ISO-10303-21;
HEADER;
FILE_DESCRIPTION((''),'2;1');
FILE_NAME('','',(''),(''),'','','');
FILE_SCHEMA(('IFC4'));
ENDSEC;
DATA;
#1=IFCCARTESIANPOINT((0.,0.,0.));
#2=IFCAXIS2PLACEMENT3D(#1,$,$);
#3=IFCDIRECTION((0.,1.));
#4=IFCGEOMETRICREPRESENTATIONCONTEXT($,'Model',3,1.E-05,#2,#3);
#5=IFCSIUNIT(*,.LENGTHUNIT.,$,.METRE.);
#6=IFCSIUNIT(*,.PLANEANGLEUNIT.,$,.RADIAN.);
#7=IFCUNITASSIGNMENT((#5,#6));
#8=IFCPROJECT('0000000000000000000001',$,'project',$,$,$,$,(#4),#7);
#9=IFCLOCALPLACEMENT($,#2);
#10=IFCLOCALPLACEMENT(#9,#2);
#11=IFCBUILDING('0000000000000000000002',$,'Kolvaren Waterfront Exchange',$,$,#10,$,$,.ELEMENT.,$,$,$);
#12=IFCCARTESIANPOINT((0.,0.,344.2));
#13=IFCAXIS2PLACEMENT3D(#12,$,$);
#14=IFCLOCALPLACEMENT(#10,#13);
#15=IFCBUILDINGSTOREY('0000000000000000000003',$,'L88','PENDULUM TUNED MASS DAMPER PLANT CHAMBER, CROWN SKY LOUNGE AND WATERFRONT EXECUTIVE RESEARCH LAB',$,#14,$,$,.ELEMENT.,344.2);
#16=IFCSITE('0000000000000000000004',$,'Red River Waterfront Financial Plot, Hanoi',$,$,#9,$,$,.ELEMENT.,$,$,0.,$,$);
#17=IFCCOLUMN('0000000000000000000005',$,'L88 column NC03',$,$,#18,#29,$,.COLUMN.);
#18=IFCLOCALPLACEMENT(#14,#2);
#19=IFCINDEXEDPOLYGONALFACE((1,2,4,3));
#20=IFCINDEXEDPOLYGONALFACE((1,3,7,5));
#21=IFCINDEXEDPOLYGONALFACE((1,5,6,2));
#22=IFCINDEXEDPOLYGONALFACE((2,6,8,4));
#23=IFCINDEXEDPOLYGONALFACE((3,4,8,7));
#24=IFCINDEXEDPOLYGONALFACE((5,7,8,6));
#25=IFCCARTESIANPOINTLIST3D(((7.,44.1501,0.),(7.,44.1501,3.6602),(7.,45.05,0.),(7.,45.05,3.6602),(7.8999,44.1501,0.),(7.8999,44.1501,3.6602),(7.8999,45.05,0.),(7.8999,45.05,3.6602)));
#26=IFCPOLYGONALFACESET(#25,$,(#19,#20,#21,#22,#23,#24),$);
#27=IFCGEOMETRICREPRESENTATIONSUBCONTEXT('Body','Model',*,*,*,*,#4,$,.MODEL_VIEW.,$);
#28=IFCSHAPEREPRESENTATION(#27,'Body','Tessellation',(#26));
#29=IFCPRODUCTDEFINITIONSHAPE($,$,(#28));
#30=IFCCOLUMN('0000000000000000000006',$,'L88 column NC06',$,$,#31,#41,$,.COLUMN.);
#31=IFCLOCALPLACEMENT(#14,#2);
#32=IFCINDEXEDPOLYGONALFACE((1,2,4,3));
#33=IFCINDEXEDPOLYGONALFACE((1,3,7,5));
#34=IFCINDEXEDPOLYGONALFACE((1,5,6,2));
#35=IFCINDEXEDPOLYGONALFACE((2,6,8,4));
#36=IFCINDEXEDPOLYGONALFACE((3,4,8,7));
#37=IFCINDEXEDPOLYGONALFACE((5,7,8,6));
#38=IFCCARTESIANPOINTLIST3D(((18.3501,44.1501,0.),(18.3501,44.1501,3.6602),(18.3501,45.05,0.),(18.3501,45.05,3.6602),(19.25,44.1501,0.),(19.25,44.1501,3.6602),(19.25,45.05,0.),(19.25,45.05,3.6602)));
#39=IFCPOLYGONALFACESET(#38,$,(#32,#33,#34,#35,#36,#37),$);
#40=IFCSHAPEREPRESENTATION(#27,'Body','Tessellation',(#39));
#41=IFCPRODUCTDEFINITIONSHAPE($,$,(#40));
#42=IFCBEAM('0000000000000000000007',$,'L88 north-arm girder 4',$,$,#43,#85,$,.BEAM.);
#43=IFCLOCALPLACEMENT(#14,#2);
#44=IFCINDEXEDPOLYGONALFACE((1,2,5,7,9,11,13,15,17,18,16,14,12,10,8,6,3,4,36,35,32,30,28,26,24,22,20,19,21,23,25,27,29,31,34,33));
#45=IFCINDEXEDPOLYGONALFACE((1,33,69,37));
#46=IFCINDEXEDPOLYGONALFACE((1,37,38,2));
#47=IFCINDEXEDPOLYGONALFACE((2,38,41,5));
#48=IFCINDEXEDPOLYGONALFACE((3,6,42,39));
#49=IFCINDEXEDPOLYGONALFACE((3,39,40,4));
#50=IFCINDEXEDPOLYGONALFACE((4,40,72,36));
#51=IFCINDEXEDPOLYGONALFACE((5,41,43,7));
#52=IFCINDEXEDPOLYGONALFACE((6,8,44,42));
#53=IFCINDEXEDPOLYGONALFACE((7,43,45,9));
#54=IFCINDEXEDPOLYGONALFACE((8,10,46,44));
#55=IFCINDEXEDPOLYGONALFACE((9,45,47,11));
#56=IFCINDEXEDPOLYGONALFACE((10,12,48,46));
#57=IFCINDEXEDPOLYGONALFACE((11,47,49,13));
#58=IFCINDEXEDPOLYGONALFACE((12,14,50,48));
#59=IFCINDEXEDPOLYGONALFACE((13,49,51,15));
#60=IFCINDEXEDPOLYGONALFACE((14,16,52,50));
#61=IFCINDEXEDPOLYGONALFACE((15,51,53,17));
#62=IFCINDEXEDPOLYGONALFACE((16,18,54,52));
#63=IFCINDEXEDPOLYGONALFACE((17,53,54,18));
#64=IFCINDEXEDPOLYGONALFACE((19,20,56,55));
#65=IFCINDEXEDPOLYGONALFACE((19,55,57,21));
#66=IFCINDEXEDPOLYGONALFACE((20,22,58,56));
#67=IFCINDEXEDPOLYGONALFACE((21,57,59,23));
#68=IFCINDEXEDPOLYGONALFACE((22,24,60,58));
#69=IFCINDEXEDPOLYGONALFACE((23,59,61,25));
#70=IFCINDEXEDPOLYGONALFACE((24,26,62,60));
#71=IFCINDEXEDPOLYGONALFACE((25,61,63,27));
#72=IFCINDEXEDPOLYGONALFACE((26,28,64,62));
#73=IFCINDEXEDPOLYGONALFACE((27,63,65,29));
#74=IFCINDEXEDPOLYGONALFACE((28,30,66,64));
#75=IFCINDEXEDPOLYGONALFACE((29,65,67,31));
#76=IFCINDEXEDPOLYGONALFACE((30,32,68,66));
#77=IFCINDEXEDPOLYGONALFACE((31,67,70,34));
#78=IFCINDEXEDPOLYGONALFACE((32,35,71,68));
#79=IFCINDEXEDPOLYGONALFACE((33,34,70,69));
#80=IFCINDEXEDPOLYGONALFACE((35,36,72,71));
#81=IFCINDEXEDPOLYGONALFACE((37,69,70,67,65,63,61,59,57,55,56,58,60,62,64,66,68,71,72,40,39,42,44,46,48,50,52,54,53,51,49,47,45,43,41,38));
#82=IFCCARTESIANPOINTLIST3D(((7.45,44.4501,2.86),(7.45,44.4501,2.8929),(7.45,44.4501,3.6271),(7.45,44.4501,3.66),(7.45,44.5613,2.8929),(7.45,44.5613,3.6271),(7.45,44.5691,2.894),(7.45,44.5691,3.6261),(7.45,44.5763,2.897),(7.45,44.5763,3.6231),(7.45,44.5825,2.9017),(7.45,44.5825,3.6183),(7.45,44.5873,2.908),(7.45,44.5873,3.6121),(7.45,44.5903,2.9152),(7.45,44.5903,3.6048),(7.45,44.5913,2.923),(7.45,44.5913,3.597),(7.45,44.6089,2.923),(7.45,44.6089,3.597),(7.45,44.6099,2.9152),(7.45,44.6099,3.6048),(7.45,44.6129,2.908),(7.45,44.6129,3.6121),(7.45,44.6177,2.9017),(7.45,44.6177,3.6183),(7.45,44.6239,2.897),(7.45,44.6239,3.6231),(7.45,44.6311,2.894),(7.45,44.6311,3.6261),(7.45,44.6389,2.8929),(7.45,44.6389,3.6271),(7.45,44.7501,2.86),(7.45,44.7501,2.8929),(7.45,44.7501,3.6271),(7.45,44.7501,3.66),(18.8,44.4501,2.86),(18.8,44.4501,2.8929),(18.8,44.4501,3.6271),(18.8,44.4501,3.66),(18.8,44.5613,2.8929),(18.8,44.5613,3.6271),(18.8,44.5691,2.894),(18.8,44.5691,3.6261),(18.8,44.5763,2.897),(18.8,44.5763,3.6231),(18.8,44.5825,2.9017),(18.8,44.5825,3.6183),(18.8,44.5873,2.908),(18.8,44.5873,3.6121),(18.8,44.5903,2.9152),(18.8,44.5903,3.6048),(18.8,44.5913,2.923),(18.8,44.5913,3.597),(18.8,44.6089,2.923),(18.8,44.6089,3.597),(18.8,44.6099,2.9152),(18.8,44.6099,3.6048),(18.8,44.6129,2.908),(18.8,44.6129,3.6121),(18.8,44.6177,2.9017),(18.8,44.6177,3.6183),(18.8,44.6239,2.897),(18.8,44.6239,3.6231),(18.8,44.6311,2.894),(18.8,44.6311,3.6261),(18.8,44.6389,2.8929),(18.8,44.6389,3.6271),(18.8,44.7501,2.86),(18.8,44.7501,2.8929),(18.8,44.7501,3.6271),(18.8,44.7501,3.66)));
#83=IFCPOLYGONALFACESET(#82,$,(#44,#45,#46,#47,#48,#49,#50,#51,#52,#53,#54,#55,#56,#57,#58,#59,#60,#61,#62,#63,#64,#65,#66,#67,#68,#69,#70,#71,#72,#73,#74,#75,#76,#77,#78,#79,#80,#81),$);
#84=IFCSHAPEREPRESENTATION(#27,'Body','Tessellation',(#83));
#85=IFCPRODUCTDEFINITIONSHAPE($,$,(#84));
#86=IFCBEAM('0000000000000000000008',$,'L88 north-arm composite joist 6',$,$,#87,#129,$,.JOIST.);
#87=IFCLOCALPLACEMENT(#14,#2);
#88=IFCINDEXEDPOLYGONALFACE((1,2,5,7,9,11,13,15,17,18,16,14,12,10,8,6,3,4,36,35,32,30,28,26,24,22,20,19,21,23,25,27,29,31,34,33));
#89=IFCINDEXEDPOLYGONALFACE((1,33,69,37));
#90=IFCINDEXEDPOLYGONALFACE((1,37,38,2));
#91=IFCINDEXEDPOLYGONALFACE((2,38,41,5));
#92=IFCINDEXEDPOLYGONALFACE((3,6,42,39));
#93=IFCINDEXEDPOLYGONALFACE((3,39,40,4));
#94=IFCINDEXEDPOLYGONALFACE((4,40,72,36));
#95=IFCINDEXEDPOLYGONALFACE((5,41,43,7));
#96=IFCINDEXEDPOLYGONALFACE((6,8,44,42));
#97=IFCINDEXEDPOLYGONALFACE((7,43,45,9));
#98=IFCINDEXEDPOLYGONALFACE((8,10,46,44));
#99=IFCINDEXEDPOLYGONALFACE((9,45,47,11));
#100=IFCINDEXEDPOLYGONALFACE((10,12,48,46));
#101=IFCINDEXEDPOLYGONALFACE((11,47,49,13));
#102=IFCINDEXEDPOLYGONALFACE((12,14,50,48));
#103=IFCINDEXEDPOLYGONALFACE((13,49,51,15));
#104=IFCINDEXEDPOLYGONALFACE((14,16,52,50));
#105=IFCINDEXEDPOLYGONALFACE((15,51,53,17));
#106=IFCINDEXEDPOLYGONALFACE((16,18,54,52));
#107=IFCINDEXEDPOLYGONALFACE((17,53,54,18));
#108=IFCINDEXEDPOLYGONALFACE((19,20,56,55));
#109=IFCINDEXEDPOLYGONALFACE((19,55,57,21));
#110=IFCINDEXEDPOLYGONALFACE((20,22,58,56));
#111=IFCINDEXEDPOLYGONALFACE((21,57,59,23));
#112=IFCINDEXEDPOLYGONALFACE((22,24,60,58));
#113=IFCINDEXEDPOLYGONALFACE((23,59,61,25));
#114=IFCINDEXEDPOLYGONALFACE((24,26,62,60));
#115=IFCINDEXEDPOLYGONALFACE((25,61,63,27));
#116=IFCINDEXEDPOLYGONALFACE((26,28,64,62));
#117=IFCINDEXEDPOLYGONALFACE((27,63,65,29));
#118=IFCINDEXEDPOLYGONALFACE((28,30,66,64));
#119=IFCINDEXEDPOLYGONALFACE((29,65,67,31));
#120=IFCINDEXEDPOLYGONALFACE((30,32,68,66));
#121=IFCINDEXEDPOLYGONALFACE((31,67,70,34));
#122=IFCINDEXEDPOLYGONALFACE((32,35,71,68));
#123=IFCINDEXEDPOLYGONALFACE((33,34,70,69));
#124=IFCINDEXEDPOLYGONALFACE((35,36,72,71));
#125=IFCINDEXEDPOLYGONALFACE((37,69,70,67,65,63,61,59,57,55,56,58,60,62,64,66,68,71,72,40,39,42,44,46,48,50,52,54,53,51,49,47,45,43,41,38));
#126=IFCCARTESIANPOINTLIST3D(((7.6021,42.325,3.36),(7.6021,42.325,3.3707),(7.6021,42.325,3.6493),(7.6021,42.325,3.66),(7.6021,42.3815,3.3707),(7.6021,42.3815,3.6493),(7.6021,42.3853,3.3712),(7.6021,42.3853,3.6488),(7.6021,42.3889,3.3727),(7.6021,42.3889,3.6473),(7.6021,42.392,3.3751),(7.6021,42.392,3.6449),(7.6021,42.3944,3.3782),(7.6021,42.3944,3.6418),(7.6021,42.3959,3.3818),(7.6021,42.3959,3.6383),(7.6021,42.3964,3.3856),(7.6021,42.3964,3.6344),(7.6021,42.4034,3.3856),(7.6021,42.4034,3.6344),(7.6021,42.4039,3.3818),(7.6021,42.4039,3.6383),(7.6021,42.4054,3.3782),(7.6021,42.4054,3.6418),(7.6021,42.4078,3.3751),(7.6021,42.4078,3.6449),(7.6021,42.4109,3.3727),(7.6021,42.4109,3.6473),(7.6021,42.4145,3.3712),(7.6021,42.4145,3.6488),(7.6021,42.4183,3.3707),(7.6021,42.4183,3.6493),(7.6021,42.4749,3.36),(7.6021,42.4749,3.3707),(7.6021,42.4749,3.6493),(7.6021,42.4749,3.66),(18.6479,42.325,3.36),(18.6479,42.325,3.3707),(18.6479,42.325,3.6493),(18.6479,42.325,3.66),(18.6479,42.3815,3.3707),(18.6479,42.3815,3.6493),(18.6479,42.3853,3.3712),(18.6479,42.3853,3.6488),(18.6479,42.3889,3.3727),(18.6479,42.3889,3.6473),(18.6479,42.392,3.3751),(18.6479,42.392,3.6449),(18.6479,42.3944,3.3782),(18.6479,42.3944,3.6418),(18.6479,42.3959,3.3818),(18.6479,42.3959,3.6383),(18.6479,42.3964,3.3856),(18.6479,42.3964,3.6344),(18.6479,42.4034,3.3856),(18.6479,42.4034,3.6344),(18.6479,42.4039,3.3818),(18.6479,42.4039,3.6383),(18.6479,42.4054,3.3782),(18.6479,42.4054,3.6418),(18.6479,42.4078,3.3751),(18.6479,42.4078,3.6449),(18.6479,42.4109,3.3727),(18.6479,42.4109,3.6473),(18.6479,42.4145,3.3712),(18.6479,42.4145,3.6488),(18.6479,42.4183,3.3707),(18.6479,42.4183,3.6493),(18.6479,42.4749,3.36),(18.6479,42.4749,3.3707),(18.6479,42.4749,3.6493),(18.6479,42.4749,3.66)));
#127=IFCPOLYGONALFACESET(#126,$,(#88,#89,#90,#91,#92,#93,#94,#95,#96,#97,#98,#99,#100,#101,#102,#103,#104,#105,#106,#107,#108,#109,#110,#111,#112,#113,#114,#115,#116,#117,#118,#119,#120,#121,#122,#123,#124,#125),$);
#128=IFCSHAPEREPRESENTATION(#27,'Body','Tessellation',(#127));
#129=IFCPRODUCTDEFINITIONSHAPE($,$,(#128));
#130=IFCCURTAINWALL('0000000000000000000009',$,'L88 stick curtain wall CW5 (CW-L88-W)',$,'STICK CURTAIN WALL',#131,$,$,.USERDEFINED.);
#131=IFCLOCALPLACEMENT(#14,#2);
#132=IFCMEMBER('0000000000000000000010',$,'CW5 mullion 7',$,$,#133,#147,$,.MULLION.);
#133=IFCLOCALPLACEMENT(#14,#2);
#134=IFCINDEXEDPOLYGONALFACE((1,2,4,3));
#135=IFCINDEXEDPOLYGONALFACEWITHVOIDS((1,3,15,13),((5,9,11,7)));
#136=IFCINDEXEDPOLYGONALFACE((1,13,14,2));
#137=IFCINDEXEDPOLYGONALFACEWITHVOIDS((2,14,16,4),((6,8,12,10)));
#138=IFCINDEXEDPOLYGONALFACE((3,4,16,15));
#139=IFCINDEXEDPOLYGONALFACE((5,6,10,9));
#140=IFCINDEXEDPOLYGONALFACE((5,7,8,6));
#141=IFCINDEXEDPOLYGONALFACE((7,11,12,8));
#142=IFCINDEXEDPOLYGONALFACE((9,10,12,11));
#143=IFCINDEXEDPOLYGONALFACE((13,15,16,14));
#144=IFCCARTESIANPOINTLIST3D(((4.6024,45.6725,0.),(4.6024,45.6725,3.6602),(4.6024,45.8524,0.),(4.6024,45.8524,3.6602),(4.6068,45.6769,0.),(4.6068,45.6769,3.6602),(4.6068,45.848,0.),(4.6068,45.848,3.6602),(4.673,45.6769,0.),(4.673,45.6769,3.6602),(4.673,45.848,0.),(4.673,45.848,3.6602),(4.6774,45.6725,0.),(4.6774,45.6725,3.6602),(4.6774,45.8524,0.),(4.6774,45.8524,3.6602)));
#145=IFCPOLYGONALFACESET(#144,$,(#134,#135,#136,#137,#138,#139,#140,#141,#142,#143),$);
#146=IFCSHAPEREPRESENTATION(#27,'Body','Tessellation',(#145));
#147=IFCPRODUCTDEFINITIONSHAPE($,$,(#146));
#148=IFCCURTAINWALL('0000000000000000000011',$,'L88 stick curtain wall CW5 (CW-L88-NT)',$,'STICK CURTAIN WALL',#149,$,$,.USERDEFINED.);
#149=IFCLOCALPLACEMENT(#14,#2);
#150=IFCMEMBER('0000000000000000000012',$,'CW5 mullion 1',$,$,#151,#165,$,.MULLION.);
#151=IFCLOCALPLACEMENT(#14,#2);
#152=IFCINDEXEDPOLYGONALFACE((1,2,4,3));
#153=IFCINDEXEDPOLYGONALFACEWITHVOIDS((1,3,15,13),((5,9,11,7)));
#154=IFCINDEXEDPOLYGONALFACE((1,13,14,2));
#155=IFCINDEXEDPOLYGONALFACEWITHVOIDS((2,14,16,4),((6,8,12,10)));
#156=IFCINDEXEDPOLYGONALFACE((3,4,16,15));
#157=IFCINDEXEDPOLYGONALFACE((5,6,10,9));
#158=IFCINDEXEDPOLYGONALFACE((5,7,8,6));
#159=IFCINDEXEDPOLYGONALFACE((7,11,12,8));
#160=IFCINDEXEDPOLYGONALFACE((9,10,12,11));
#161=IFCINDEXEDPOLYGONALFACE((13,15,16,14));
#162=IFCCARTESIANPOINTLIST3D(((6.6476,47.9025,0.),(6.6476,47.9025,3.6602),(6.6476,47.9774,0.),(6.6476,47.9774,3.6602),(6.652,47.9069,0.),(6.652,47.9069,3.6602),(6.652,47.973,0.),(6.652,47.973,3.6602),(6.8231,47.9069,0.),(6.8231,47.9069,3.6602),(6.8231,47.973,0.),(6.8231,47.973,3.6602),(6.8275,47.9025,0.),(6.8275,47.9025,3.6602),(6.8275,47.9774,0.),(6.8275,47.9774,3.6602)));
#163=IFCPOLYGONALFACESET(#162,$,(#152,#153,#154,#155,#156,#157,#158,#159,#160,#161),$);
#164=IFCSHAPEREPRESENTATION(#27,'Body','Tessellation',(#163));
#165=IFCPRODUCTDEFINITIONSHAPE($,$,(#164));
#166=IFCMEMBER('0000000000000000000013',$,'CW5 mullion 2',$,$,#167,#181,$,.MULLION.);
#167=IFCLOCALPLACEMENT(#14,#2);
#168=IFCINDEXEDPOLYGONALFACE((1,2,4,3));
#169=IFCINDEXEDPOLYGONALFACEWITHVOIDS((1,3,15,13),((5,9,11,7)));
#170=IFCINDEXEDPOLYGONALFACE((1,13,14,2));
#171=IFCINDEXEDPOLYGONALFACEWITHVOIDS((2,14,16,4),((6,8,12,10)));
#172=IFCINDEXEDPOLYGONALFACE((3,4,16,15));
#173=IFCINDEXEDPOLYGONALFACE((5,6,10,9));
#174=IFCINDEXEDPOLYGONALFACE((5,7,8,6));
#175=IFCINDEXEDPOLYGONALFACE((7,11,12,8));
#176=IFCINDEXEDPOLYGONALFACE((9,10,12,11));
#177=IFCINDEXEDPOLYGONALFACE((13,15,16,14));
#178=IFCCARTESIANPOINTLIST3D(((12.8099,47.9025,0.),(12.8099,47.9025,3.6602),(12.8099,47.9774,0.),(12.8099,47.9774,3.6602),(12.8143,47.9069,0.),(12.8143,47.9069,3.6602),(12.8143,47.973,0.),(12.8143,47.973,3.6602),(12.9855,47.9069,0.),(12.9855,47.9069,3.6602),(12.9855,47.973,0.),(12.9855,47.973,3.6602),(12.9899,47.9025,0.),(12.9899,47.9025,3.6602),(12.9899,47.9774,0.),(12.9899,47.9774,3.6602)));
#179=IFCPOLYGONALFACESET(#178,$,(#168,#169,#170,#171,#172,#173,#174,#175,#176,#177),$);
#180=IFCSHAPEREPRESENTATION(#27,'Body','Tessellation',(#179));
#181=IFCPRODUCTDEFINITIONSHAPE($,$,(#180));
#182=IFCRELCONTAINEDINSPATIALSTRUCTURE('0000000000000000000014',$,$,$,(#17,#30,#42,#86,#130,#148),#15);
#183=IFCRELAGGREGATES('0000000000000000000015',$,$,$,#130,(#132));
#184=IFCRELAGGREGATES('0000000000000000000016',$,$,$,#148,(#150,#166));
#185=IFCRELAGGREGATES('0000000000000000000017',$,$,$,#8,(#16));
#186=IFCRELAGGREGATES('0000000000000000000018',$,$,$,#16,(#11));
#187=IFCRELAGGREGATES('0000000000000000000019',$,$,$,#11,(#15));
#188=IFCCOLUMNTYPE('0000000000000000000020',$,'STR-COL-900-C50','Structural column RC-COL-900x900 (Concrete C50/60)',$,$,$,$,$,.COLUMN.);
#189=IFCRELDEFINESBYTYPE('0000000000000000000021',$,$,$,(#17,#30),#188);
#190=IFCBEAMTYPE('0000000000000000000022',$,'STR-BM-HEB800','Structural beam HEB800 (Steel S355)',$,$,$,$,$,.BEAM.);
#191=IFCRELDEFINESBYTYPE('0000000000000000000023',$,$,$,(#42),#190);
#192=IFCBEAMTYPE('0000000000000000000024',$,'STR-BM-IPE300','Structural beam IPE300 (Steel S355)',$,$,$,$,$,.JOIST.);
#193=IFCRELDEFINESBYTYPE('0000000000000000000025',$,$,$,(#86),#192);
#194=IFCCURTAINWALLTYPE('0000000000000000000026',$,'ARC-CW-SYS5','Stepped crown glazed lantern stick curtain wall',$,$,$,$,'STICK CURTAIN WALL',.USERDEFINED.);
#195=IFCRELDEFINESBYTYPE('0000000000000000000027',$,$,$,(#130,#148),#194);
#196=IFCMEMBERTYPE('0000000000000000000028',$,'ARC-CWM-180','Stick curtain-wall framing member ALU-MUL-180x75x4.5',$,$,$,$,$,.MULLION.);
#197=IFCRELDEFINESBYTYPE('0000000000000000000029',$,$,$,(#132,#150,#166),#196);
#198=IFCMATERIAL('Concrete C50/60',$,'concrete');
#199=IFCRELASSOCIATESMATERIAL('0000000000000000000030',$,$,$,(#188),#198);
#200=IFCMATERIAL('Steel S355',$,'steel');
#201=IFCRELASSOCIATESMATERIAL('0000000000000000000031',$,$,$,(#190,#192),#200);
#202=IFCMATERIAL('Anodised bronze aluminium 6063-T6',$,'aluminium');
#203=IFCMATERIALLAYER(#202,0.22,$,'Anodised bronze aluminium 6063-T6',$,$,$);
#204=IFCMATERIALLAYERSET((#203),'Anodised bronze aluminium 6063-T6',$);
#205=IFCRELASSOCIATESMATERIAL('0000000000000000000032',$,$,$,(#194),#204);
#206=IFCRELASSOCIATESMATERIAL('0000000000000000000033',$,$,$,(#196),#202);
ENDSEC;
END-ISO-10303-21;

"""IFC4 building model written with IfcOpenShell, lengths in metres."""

from ifc_helpers import new_model, si_unit, direction, frame, origin, origin_with_axes, origin_2d, place, context, subcontext, project, spatial, rectangle, hollow_rectangle, i_section, extrude, source, transform, mapped, material, layer, layer_set, material_profile, profile_set, type_object, element, aggregate, save


model = new_model("IFC4")

# Units and contexts
model_context = context("Model", 3, precision=1e-05, world=origin(), true_north=direction((0.0, 1.0)))
body_context = subcontext(model_context, "Body", "Model", "MODEL_VIEW")
ifc_project = project(units=[si_unit("LENGTHUNIT", "METRE"), si_unit("PLANEANGLEUNIT", "RADIAN")], contexts=[model_context])

# Site, building, storey
site_placement = place(None, origin())
site = spatial("IfcSite", under=ifc_project, at=site_placement, Name="Red River Waterfront Financial Plot, Hanoi", CompositionType="ELEMENT", RefElevation=0.0)
building_placement = place(site_placement, origin())
building = spatial("IfcBuilding", under=site, at=building_placement, Name="Kolvaren Waterfront Exchange", CompositionType="ELEMENT")
storey_placement = place(building_placement, frame((0.0, 0.0, 344.2)))
storey = spatial("IfcBuildingStorey", under=building, at=storey_placement, Name="L88", Description="PENDULUM TUNED MASS DAMPER PLANT CHAMBER, CROWN SKY LOUNGE AND WATERFRONT EXECUTIVE RESEARCH LAB", CompositionType="ELEMENT", Elevation=344.2)

# Columns
ifc_material_1 = material(Name="Concrete C50/60", Category="concrete")
ifc_material_profile_1 = material_profile(ifc_material_1, rectangle(XDim=0.8999, YDim=0.8999, at=origin_2d()), Name="RC-COL-900x900")
ifc_profile_set_1 = profile_set([ifc_material_profile_1], Name="Concrete C50/60")
column_type = type_object("IfcColumnType", Name="STR-COL-900-C50", Description="Structural column RC-COL-900x900 (Concrete C50/60)", PredefinedType="COLUMN", material=ifc_profile_set_1)
for number, where, z_axis, x_axis, name in (
    (1, (7.45, 44.6001, 0.0), (0.0, 0.0, 1.0), (1.0, 0.0, 0.0), "L88 column NC03"),
    (2, (18.8, 44.6001, 0.0), (0.0, 0.0, 1.0), (1.0, 0.0, 0.0), "L88 column NC06"),
):
    element("IfcColumn", number, at=place(storey_placement, frame(where, z_axis=z_axis, x_axis=x_axis)), inside=storey, type_object=column_type, Name=name, PredefinedType="COLUMN", context=body_context, shape_type="SweptSolid", body=[
        extrude(rectangle(XDim=0.8999, YDim=0.8999, at=origin_2d()), origin(), (0.0, 0.0, 1.0), 3.6602),
    ])

# Beams
ifc_material_2 = material(Name="Steel S355", Category="steel")
ifc_material_profile_2 = material_profile(ifc_material_2, i_section(OverallWidth=0.3, OverallDepth=0.8, WebThickness=0.0176, FlangeThickness=0.033, FilletRadius=0.03, at=origin_2d()), Name="HEB800")
ifc_profile_set_2 = profile_set([ifc_material_profile_2], Name="Steel S355")
beam_type_1 = type_object("IfcBeamType", Name="STR-BM-HEB800", Description="Structural beam HEB800 (Steel S355)", PredefinedType="BEAM", material=ifc_profile_set_2)
beam_1_placement = place(storey_placement, frame((7.45, 44.6001, 3.26), z_axis=(1.0, 0.0, 0.0), x_axis=(0.0, 1.0, 0.0)))
element("IfcBeam", 3, at=beam_1_placement, inside=storey, type_object=beam_type_1, Name="L88 north-arm girder 4", PredefinedType="BEAM", context=body_context, shape_type="SweptSolid", body=[
    extrude(i_section(OverallWidth=0.3, OverallDepth=0.8, WebThickness=0.0176, FlangeThickness=0.033, FilletRadius=0.03, at=origin_2d()), origin(), (0.0, 0.0, 1.0), 11.3501),
])
ifc_material_profile_3 = material_profile(ifc_material_2, i_section(OverallWidth=0.1499, OverallDepth=0.3, WebThickness=0.0071, FlangeThickness=0.0107, FilletRadius=0.0149, at=origin_2d()), Name="IPE300")
ifc_profile_set_3 = profile_set([ifc_material_profile_3], Name="Steel S355")
beam_type_2 = type_object("IfcBeamType", Name="STR-BM-IPE300", Description="Structural beam IPE300 (Steel S355)", PredefinedType="JOIST", material=ifc_profile_set_3)
beam_2_placement = place(storey_placement, frame((7.6021, 42.3999, 3.51), z_axis=(1.0, 0.0, 0.0), x_axis=(0.0, 1.0, 0.0)))
element("IfcBeam", 4, at=beam_2_placement, inside=storey, type_object=beam_type_2, Name="L88 north-arm composite joist 6", PredefinedType="JOIST", context=body_context, shape_type="SweptSolid", body=[
    extrude(i_section(OverallWidth=0.1499, OverallDepth=0.3, WebThickness=0.0071, FlangeThickness=0.0107, FilletRadius=0.0149, at=origin_2d()), origin(), (0.0, 0.0, 1.0), 11.0459),
])

# Curtain wall, member
ifc_material_3 = material(Name="Anodised bronze aluminium 6063-T6", Category="aluminium")
ifc_layer_1 = layer(ifc_material_3, 0.22, Name="Anodised bronze aluminium 6063-T6")
ifc_layer_set_1 = layer_set([ifc_layer_1], Name="Anodised bronze aluminium 6063-T6")
curtain_wall_type = type_object("IfcCurtainWallType", Name="ARC-CW-SYS5", Description="Stepped crown glazed lantern stick curtain wall", ElementType="STICK CURTAIN WALL", PredefinedType="USERDEFINED", material=ifc_layer_set_1)
curtain_wall_1_placement = place(storey_placement, origin())
curtain_wall_1 = element("IfcCurtainWall", 5, at=curtain_wall_1_placement, inside=storey, type_object=curtain_wall_type, Name="L88 stick curtain wall CW5 (CW-L88-W)", ObjectType="STICK CURTAIN WALL", PredefinedType="USERDEFINED")
ifc_material_profile_4 = material_profile(ifc_material_3, hollow_rectangle(XDim=0.075, YDim=0.1799, WallThickness=0.0044, at=origin_2d()), Name="ALU-MUL-180x75x4.5")
ifc_profile_set_4 = profile_set([ifc_material_profile_4], Name="Anodised bronze aluminium 6063-T6")
member_type_1 = type_object("IfcMemberType", Name="ARC-CWM-180", Description="Stick curtain-wall framing member ALU-MUL-180x75x4.5", PredefinedType="MULLION", material=ifc_profile_set_4)
shared_shape_1 = source(origin_with_axes(), body_context, "Body", "SweptSolid", [
    extrude(hollow_rectangle(XDim=0.075, YDim=0.1799, WallThickness=0.0044, at=origin_2d()), origin(), (0.0, 0.0, 1.0), 3.6602),
])
member_1_placement = place(storey_placement, frame((4.6399, 45.7625, 0.0), z_axis=(0.0, 0.0, 1.0), x_axis=(-1.0, 0.0, 0.0)))
member_1 = element("IfcMember", 6, at=member_1_placement, type_object=member_type_1, Name="CW5 mullion 7", PredefinedType="MULLION", context=body_context, shape_type="MappedRepresentation", body=[
    mapped(shared_shape_1, transform((0.0, 0.0, 0.0), x_axis=(1.0, 0.0, 0.0), y_axis=(0.0, 1.0, 0.0), z_axis=(0.0, 0.0, 1.0), scale=1.0)),
])

# Curtain wall, members
curtain_wall_2_placement = place(storey_placement, origin())
curtain_wall_2 = element("IfcCurtainWall", 7, at=curtain_wall_2_placement, inside=storey, type_object=curtain_wall_type, Name="L88 stick curtain wall CW5 (CW-L88-NT)", ObjectType="STICK CURTAIN WALL", PredefinedType="USERDEFINED")
member_2_placement = place(storey_placement, frame((6.7375, 47.9399, 0.0), z_axis=(0.0, 0.0, 1.0), x_axis=(0.0, 1.0, 0.0)))
member_2 = element("IfcMember", 8, at=member_2_placement, type_object=member_type_1, Name="CW5 mullion 1", PredefinedType="MULLION", context=body_context, shape_type="MappedRepresentation", body=[
    mapped(shared_shape_1, transform((0.0, 0.0, 0.0), x_axis=(1.0, 0.0, 0.0), y_axis=(0.0, 1.0, 0.0), z_axis=(0.0, 0.0, 1.0), scale=1.0)),
])
member_3_placement = place(storey_placement, frame((12.8999, 47.9399, 0.0), z_axis=(0.0, 0.0, 1.0), x_axis=(0.0, 1.0, 0.0)))
member_3 = element("IfcMember", 9, at=member_3_placement, type_object=member_type_1, Name="CW5 mullion 2", PredefinedType="MULLION", context=body_context, shape_type="MappedRepresentation", body=[
    mapped(shared_shape_1, transform((0.0, 0.0, 0.0), x_axis=(1.0, 0.0, 0.0), y_axis=(0.0, 1.0, 0.0), z_axis=(0.0, 0.0, 1.0), scale=1.0)),
])

aggregate(curtain_wall_1, [member_1])
aggregate(curtain_wall_2, [member_2, member_3])

save(model, "model.ifc")
